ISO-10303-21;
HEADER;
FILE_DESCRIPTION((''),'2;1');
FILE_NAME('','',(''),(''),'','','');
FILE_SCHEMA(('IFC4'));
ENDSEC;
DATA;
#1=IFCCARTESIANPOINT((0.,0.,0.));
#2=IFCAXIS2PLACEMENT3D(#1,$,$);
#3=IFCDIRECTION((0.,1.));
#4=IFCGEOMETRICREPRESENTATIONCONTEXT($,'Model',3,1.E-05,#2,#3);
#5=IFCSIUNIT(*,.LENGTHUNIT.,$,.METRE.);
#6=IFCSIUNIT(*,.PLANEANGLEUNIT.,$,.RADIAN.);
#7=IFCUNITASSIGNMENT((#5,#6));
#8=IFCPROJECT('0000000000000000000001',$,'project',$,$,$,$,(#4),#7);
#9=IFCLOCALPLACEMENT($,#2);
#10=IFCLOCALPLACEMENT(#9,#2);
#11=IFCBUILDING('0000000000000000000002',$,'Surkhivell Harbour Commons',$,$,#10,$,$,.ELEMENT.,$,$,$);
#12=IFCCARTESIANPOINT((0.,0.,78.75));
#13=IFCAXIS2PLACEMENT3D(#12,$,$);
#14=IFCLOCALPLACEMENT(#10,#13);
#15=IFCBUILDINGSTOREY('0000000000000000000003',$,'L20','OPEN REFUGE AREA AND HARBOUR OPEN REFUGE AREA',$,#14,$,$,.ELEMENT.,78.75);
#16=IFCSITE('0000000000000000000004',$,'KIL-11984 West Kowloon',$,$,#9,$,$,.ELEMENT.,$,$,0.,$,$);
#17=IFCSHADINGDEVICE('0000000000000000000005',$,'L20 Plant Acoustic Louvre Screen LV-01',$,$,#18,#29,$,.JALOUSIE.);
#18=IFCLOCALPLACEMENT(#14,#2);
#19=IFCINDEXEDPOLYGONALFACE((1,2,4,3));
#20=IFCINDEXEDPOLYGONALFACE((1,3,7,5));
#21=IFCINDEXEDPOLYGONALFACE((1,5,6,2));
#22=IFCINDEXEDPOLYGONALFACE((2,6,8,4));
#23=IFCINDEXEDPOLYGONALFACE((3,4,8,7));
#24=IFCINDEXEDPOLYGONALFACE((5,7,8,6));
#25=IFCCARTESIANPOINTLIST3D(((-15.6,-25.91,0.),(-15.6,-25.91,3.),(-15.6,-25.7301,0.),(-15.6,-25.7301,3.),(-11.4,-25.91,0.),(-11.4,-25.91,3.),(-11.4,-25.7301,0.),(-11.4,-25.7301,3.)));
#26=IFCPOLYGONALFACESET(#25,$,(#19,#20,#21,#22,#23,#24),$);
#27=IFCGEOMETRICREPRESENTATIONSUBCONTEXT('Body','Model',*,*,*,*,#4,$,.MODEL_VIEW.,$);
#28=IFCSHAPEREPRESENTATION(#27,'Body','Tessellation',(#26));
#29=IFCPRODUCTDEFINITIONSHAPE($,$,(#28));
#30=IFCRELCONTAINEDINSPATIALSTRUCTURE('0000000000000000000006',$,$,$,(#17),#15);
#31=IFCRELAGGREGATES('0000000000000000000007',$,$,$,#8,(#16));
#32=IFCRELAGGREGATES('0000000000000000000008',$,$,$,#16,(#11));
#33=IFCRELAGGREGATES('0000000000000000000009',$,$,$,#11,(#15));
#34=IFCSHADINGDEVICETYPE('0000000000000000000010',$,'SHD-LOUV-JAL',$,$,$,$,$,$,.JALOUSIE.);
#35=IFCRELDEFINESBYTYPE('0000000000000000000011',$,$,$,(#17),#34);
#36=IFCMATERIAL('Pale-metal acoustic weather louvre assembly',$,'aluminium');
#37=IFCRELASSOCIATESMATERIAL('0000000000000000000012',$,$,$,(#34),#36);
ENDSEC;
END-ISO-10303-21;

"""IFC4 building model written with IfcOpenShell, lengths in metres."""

from ifc_helpers import new_model, si_unit, direction, frame, origin, origin_2d, place, context, subcontext, project, spatial, rectangle, extrude, material, type_object, element, save


model = new_model("IFC4")

# Units and contexts
model_context = context("Model", 3, precision=1e-05, world=origin(), true_north=direction((0.0, 1.0)))
body_context = subcontext(model_context, "Body", "Model", "MODEL_VIEW")
ifc_project = project(units=[si_unit("LENGTHUNIT", "METRE"), si_unit("PLANEANGLEUNIT", "RADIAN")], contexts=[model_context])

# Site, building, storey
site_placement = place(None, origin())
site = spatial("IfcSite", under=ifc_project, at=site_placement, Name="KIL-11984 West Kowloon", CompositionType="ELEMENT", RefElevation=0.0)
building_placement = place(site_placement, origin())
building = spatial("IfcBuilding", under=site, at=building_placement, Name="Surkhivell Harbour Commons", CompositionType="ELEMENT")
storey_placement = place(building_placement, frame((0.0, 0.0, 78.75)))
storey = spatial("IfcBuildingStorey", under=building, at=storey_placement, Name="L20", Description="OPEN REFUGE AREA AND HARBOUR OPEN REFUGE AREA", CompositionType="ELEMENT", Elevation=78.75)

# Shading device
ifc_material_1 = material(Name="Pale-metal acoustic weather louvre assembly", Category="aluminium")
shading_device_type = type_object("IfcShadingDeviceType", Name="SHD-LOUV-JAL", PredefinedType="JALOUSIE", material=ifc_material_1)
shading_device_placement = place(storey_placement, frame((-13.5, -25.8201, 0.0), z_axis=(0.0, 0.0, 1.0), x_axis=(1.0, 0.0, 0.0)))
element("IfcShadingDevice", 1, at=shading_device_placement, inside=storey, type_object=shading_device_type, Name="L20 Plant Acoustic Louvre Screen LV-01", PredefinedType="JALOUSIE", context=body_context, shape_type="SweptSolid", body=[
    extrude(rectangle(XDim=4.2, YDim=0.1799, at=origin_2d()), origin(), (0.0, 0.0, 1.0), 3.0),
])

save(model, "model.ifc")
